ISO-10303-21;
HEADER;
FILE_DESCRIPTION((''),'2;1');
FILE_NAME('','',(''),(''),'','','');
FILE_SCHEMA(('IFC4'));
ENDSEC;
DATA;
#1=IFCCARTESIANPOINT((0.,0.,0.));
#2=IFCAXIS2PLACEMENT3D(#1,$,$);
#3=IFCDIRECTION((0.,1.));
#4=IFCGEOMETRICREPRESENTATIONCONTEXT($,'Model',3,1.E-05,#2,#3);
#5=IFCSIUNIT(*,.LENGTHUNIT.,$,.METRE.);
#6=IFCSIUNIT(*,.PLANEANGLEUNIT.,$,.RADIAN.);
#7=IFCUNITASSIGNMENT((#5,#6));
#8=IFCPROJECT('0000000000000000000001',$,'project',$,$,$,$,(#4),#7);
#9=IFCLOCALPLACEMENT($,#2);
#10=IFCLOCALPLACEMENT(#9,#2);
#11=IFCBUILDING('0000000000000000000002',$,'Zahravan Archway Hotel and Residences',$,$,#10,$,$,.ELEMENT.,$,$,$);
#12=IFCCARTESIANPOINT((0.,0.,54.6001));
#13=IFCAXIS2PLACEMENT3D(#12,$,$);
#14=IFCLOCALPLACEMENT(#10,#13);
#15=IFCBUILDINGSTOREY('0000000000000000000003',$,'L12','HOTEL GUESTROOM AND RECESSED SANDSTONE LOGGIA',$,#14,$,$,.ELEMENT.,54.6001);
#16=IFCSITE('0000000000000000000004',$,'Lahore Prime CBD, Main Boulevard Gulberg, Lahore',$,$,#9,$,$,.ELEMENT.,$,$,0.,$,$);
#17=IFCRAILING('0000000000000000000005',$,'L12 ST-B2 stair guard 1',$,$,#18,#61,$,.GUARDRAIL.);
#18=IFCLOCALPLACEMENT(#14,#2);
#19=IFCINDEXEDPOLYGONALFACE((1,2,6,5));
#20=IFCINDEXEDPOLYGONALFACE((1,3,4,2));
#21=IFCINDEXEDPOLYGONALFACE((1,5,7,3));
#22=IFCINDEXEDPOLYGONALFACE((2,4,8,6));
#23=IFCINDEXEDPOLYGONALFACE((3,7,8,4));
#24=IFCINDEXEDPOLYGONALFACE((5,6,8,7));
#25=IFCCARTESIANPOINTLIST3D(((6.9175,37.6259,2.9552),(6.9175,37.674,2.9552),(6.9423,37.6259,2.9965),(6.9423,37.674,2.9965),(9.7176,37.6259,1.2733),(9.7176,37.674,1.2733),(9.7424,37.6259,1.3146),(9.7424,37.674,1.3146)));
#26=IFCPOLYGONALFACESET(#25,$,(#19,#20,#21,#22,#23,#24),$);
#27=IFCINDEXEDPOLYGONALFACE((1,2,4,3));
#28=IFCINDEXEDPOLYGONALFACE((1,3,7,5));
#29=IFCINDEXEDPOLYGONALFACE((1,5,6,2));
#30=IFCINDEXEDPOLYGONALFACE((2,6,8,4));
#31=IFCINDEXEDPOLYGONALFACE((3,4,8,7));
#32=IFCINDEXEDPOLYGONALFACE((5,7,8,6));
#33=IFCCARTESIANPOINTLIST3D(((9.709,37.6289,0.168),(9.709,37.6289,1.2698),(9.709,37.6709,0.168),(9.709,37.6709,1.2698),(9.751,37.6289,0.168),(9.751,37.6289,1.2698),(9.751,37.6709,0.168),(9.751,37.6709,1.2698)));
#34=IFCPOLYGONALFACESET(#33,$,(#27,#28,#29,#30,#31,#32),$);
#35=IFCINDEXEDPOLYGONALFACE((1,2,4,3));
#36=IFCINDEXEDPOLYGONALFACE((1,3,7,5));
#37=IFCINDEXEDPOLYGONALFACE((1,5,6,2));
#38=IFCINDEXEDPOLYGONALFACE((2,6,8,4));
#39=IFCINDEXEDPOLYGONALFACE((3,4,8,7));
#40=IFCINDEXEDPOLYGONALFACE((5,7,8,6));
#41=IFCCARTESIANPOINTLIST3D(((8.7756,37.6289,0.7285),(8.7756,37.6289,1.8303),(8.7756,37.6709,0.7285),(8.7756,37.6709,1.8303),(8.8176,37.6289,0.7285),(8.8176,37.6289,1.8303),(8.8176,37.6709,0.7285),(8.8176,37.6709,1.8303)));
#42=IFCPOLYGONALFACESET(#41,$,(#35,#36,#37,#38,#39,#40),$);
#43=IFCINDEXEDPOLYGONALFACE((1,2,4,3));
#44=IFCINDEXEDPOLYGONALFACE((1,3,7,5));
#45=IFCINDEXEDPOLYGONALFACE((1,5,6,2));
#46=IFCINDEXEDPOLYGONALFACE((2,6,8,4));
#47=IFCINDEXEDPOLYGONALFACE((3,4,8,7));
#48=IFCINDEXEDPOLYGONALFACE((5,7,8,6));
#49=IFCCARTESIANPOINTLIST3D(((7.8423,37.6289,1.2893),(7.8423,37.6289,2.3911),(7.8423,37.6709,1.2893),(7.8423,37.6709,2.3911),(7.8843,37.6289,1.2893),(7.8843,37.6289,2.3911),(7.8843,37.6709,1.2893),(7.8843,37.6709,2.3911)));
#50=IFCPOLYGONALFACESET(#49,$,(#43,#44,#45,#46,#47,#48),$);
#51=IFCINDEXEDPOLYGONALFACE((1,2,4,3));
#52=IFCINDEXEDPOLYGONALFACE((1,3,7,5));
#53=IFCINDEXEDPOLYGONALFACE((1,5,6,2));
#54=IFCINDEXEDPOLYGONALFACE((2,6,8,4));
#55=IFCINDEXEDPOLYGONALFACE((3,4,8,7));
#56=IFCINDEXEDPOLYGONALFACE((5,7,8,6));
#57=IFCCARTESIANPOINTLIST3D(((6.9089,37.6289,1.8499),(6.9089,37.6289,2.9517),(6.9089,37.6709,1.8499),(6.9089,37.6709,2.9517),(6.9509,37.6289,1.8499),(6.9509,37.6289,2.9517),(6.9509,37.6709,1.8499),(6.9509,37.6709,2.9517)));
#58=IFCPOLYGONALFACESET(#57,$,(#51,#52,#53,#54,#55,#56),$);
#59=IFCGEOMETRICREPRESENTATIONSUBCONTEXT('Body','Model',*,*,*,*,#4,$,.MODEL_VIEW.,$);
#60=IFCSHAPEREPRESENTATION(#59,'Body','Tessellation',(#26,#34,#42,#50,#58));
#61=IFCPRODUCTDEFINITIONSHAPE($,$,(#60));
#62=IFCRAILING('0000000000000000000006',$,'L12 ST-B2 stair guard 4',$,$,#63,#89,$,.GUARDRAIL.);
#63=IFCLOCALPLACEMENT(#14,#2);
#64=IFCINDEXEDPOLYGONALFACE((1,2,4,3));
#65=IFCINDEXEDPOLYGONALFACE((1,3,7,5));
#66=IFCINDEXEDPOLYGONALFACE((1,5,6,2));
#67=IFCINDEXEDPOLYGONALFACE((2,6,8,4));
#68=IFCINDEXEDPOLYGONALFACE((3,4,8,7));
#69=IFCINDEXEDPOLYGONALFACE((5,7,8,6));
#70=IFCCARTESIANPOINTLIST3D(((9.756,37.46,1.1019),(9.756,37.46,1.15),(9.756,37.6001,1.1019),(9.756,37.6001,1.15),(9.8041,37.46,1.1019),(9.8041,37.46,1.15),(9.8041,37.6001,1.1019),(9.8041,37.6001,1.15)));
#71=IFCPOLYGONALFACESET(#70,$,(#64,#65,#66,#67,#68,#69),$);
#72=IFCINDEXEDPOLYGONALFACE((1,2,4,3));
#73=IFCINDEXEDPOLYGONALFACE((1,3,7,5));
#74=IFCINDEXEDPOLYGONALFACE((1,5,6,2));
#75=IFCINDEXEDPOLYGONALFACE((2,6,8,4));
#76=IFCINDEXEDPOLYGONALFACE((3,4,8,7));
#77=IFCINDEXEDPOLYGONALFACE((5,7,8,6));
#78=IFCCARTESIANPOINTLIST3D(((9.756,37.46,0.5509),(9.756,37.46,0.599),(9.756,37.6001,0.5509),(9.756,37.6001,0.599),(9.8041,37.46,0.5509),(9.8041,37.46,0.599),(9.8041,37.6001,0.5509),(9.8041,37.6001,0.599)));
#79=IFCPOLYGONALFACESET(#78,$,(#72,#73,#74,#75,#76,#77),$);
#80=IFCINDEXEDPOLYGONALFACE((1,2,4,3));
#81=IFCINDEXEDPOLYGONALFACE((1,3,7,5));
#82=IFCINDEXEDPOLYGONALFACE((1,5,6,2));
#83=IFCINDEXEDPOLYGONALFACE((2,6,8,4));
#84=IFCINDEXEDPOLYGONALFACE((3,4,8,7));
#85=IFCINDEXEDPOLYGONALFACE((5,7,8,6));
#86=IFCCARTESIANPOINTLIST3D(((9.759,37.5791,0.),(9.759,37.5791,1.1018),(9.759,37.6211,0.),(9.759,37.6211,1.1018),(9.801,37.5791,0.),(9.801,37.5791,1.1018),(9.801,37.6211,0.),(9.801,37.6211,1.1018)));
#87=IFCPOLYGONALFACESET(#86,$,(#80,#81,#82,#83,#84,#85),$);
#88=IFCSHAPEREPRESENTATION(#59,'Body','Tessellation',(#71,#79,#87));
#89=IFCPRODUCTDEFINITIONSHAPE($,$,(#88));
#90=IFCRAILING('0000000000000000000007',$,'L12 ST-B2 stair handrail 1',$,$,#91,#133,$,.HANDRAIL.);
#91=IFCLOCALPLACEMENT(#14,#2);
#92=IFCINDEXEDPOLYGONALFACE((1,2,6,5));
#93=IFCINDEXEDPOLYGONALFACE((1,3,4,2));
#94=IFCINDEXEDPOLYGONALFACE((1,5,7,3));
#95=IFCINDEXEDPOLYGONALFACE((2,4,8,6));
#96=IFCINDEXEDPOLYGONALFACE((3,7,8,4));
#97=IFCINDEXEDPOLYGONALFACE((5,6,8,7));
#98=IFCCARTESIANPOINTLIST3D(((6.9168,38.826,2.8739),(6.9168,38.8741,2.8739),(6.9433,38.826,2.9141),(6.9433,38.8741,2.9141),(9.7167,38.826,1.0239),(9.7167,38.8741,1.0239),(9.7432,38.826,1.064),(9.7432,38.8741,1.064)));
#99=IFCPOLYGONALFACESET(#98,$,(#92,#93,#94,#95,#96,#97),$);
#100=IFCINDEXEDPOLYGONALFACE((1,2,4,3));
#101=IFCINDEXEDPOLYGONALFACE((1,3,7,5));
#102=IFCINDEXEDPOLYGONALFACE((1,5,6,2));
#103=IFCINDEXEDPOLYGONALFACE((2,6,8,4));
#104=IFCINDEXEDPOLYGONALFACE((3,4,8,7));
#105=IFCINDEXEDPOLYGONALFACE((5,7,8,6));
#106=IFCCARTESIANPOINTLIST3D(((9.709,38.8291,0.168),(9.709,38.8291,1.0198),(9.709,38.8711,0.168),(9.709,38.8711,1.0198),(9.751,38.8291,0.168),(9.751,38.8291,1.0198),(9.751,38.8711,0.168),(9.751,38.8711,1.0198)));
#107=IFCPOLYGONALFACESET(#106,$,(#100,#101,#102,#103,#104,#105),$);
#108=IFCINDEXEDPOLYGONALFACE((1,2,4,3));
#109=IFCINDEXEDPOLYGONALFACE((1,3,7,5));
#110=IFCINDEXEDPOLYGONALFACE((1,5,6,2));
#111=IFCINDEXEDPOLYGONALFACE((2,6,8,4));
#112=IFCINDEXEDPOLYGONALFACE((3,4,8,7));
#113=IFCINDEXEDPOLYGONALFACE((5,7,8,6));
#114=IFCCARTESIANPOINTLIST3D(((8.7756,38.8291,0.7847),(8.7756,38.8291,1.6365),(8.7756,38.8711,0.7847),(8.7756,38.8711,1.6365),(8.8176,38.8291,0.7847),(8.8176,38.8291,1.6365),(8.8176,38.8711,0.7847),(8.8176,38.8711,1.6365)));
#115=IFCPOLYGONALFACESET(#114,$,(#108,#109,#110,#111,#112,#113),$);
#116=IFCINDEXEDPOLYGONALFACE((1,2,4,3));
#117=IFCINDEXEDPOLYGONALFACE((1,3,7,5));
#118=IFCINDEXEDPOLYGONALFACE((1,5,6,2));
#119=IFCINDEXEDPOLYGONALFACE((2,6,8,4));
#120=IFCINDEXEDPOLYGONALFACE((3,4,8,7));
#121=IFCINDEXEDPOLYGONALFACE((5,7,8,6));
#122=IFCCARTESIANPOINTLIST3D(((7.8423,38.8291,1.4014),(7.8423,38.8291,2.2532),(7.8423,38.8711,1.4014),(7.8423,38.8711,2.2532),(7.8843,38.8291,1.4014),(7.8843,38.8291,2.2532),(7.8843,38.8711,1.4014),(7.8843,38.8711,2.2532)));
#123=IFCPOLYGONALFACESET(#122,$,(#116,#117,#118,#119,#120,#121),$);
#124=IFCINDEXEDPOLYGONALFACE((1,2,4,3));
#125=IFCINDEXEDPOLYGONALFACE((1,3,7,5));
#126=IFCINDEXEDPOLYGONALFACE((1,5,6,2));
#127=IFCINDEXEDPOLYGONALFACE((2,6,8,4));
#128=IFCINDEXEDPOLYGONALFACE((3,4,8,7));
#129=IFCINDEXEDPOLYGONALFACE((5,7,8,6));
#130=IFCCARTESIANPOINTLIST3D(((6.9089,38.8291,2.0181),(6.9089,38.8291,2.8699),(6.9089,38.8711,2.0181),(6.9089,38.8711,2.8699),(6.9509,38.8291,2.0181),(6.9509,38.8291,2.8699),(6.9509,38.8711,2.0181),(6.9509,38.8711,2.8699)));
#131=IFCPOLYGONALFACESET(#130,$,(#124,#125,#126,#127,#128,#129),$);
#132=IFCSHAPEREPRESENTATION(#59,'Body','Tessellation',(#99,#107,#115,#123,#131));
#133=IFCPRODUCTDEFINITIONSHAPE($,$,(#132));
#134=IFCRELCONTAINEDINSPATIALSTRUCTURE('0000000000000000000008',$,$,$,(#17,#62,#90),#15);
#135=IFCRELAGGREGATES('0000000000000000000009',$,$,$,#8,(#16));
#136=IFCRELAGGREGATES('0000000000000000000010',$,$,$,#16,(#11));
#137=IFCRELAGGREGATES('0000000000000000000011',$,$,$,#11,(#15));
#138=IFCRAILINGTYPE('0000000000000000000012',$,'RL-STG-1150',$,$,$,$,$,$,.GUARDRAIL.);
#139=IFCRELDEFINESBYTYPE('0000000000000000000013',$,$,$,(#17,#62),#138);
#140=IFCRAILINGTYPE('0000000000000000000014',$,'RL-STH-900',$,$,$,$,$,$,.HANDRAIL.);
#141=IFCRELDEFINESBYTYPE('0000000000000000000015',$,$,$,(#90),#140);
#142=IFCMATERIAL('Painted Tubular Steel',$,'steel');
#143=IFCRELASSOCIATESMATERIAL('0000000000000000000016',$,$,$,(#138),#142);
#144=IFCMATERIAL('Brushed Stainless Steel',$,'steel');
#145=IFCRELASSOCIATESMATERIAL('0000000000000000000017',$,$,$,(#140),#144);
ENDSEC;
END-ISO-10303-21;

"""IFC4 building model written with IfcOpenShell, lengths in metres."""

from ifc_helpers import new_model, si_unit, direction, frame, origin, origin_2d, place, context, subcontext, project, spatial, rectangle, extrude, material, type_object, element, save


model = new_model("IFC4")

# Units and contexts
model_context = context("Model", 3, precision=1e-05, world=origin(), true_north=direction((0.0, 1.0)))
body_context = subcontext(model_context, "Body", "Model", "MODEL_VIEW")
ifc_project = project(units=[si_unit("LENGTHUNIT", "METRE"), si_unit("PLANEANGLEUNIT", "RADIAN")], contexts=[model_context])

# Site, building, storey
site_placement = place(None, origin())
site = spatial("IfcSite", under=ifc_project, at=site_placement, Name="Lahore Prime CBD, Main Boulevard Gulberg, Lahore", CompositionType="ELEMENT", RefElevation=0.0)
building_placement = place(site_placement, origin())
building = spatial("IfcBuilding", under=site, at=building_placement, Name="Zahravan Archway Hotel and Residences", CompositionType="ELEMENT")
storey_placement = place(building_placement, frame((0.0, 0.0, 54.6001)))
storey = spatial("IfcBuildingStorey", under=building, at=storey_placement, Name="L12", Description="HOTEL GUESTROOM AND RECESSED SANDSTONE LOGGIA", CompositionType="ELEMENT", Elevation=54.6001)

# Railings
ifc_material_1 = material(Name="Painted Tubular Steel", Category="steel")
railing_type_1 = type_object("IfcRailingType", Name="RL-STG-1150", PredefinedType="GUARDRAIL", material=ifc_material_1)
railing_1_placement = place(storey_placement, frame((9.73, 37.6499, 0.168)))
element("IfcRailing", 1, at=railing_1_placement, inside=storey, type_object=railing_type_1, Name="L12 ST-B2 stair guard 1", PredefinedType="GUARDRAIL", context=body_context, shape_type="SweptSolid", body=[
    extrude(rectangle(XDim=0.0481, YDim=0.0481, at=origin_2d()), frame((0.0, 0.0, 1.126), z_axis=(-0.857242, 0.0, 0.514913), x_axis=(0.0, -1.0, 0.0)), (0.0, 0.0, 1.0), 3.2664),
    extrude(rectangle(XDim=0.042, YDim=0.042, at=origin_2d()), origin(), (0.0, 0.0, 1.0), 1.1018),
    extrude(rectangle(XDim=0.042, YDim=0.042, at=origin_2d()), frame((-0.9333, 0.0, 0.5605)), (0.0, 0.0, 1.0), 1.1018),
    extrude(rectangle(XDim=0.042, YDim=0.042, at=origin_2d()), frame((-1.8667, 0.0, 1.1213)), (0.0, 0.0, 1.0), 1.1018),
    extrude(rectangle(XDim=0.042, YDim=0.042, at=origin_2d()), frame((-2.8, 0.0, 1.6819)), (0.0, 0.0, 1.0), 1.1018),
])
railing_2_placement = place(storey_placement, frame((9.78, 37.6001, 0.0)))
element("IfcRailing", 2, at=railing_2_placement, inside=storey, type_object=railing_type_1, Name="L12 ST-B2 stair guard 4", PredefinedType="GUARDRAIL", context=body_context, shape_type="SweptSolid", body=[
    extrude(rectangle(XDim=0.0481, YDim=0.0481, at=origin_2d()), frame((0.0, 0.0, 1.126), z_axis=(0.0, -1.0, 0.0), x_axis=(1.0, 0.0, 0.0)), (0.0, 0.0, 1.0), 0.1401),
    extrude(rectangle(XDim=0.0481, YDim=0.0481, at=origin_2d()), frame((0.0, 0.0, 0.575), z_axis=(0.0, -1.0, 0.0), x_axis=(1.0, 0.0, 0.0)), (0.0, 0.0, 1.0), 0.1401),
    extrude(rectangle(XDim=0.042, YDim=0.042, at=origin_2d()), origin(), (0.0, 0.0, 1.0), 1.1018),
])
ifc_material_2 = material(Name="Brushed Stainless Steel", Category="steel")
railing_type_2 = type_object("IfcRailingType", Name="RL-STH-900", PredefinedType="HANDRAIL", material=ifc_material_2)
railing_3_placement = place(storey_placement, frame((9.73, 38.8501, 0.168)))
element("IfcRailing", 3, at=railing_3_placement, inside=storey, type_object=railing_type_2, Name="L12 ST-B2 stair handrail 1", PredefinedType="HANDRAIL", context=body_context, shape_type="SweptSolid", body=[
    extrude(rectangle(XDim=0.0481, YDim=0.0481, at=origin_2d()), frame((0.0, 0.0, 0.876), z_axis=(-0.834326, 0.0, 0.551271), x_axis=(0.0, -1.0, 0.0)), (0.0, 0.0, 1.0), 3.356),
    extrude(rectangle(XDim=0.042, YDim=0.042, at=origin_2d()), origin(), (0.0, 0.0, 1.0), 0.8518),
    extrude(rectangle(XDim=0.042, YDim=0.042, at=origin_2d()), frame((-0.9333, 0.0, 0.6167)), (0.0, 0.0, 1.0), 0.8518),
    extrude(rectangle(XDim=0.042, YDim=0.042, at=origin_2d()), frame((-1.8667, 0.0, 1.2334)), (0.0, 0.0, 1.0), 0.8518),
    extrude(rectangle(XDim=0.042, YDim=0.042, at=origin_2d()), frame((-2.8, 0.0, 1.8501)), (0.0, 0.0, 1.0), 0.8518),
])

save(model, "model.ifc")
